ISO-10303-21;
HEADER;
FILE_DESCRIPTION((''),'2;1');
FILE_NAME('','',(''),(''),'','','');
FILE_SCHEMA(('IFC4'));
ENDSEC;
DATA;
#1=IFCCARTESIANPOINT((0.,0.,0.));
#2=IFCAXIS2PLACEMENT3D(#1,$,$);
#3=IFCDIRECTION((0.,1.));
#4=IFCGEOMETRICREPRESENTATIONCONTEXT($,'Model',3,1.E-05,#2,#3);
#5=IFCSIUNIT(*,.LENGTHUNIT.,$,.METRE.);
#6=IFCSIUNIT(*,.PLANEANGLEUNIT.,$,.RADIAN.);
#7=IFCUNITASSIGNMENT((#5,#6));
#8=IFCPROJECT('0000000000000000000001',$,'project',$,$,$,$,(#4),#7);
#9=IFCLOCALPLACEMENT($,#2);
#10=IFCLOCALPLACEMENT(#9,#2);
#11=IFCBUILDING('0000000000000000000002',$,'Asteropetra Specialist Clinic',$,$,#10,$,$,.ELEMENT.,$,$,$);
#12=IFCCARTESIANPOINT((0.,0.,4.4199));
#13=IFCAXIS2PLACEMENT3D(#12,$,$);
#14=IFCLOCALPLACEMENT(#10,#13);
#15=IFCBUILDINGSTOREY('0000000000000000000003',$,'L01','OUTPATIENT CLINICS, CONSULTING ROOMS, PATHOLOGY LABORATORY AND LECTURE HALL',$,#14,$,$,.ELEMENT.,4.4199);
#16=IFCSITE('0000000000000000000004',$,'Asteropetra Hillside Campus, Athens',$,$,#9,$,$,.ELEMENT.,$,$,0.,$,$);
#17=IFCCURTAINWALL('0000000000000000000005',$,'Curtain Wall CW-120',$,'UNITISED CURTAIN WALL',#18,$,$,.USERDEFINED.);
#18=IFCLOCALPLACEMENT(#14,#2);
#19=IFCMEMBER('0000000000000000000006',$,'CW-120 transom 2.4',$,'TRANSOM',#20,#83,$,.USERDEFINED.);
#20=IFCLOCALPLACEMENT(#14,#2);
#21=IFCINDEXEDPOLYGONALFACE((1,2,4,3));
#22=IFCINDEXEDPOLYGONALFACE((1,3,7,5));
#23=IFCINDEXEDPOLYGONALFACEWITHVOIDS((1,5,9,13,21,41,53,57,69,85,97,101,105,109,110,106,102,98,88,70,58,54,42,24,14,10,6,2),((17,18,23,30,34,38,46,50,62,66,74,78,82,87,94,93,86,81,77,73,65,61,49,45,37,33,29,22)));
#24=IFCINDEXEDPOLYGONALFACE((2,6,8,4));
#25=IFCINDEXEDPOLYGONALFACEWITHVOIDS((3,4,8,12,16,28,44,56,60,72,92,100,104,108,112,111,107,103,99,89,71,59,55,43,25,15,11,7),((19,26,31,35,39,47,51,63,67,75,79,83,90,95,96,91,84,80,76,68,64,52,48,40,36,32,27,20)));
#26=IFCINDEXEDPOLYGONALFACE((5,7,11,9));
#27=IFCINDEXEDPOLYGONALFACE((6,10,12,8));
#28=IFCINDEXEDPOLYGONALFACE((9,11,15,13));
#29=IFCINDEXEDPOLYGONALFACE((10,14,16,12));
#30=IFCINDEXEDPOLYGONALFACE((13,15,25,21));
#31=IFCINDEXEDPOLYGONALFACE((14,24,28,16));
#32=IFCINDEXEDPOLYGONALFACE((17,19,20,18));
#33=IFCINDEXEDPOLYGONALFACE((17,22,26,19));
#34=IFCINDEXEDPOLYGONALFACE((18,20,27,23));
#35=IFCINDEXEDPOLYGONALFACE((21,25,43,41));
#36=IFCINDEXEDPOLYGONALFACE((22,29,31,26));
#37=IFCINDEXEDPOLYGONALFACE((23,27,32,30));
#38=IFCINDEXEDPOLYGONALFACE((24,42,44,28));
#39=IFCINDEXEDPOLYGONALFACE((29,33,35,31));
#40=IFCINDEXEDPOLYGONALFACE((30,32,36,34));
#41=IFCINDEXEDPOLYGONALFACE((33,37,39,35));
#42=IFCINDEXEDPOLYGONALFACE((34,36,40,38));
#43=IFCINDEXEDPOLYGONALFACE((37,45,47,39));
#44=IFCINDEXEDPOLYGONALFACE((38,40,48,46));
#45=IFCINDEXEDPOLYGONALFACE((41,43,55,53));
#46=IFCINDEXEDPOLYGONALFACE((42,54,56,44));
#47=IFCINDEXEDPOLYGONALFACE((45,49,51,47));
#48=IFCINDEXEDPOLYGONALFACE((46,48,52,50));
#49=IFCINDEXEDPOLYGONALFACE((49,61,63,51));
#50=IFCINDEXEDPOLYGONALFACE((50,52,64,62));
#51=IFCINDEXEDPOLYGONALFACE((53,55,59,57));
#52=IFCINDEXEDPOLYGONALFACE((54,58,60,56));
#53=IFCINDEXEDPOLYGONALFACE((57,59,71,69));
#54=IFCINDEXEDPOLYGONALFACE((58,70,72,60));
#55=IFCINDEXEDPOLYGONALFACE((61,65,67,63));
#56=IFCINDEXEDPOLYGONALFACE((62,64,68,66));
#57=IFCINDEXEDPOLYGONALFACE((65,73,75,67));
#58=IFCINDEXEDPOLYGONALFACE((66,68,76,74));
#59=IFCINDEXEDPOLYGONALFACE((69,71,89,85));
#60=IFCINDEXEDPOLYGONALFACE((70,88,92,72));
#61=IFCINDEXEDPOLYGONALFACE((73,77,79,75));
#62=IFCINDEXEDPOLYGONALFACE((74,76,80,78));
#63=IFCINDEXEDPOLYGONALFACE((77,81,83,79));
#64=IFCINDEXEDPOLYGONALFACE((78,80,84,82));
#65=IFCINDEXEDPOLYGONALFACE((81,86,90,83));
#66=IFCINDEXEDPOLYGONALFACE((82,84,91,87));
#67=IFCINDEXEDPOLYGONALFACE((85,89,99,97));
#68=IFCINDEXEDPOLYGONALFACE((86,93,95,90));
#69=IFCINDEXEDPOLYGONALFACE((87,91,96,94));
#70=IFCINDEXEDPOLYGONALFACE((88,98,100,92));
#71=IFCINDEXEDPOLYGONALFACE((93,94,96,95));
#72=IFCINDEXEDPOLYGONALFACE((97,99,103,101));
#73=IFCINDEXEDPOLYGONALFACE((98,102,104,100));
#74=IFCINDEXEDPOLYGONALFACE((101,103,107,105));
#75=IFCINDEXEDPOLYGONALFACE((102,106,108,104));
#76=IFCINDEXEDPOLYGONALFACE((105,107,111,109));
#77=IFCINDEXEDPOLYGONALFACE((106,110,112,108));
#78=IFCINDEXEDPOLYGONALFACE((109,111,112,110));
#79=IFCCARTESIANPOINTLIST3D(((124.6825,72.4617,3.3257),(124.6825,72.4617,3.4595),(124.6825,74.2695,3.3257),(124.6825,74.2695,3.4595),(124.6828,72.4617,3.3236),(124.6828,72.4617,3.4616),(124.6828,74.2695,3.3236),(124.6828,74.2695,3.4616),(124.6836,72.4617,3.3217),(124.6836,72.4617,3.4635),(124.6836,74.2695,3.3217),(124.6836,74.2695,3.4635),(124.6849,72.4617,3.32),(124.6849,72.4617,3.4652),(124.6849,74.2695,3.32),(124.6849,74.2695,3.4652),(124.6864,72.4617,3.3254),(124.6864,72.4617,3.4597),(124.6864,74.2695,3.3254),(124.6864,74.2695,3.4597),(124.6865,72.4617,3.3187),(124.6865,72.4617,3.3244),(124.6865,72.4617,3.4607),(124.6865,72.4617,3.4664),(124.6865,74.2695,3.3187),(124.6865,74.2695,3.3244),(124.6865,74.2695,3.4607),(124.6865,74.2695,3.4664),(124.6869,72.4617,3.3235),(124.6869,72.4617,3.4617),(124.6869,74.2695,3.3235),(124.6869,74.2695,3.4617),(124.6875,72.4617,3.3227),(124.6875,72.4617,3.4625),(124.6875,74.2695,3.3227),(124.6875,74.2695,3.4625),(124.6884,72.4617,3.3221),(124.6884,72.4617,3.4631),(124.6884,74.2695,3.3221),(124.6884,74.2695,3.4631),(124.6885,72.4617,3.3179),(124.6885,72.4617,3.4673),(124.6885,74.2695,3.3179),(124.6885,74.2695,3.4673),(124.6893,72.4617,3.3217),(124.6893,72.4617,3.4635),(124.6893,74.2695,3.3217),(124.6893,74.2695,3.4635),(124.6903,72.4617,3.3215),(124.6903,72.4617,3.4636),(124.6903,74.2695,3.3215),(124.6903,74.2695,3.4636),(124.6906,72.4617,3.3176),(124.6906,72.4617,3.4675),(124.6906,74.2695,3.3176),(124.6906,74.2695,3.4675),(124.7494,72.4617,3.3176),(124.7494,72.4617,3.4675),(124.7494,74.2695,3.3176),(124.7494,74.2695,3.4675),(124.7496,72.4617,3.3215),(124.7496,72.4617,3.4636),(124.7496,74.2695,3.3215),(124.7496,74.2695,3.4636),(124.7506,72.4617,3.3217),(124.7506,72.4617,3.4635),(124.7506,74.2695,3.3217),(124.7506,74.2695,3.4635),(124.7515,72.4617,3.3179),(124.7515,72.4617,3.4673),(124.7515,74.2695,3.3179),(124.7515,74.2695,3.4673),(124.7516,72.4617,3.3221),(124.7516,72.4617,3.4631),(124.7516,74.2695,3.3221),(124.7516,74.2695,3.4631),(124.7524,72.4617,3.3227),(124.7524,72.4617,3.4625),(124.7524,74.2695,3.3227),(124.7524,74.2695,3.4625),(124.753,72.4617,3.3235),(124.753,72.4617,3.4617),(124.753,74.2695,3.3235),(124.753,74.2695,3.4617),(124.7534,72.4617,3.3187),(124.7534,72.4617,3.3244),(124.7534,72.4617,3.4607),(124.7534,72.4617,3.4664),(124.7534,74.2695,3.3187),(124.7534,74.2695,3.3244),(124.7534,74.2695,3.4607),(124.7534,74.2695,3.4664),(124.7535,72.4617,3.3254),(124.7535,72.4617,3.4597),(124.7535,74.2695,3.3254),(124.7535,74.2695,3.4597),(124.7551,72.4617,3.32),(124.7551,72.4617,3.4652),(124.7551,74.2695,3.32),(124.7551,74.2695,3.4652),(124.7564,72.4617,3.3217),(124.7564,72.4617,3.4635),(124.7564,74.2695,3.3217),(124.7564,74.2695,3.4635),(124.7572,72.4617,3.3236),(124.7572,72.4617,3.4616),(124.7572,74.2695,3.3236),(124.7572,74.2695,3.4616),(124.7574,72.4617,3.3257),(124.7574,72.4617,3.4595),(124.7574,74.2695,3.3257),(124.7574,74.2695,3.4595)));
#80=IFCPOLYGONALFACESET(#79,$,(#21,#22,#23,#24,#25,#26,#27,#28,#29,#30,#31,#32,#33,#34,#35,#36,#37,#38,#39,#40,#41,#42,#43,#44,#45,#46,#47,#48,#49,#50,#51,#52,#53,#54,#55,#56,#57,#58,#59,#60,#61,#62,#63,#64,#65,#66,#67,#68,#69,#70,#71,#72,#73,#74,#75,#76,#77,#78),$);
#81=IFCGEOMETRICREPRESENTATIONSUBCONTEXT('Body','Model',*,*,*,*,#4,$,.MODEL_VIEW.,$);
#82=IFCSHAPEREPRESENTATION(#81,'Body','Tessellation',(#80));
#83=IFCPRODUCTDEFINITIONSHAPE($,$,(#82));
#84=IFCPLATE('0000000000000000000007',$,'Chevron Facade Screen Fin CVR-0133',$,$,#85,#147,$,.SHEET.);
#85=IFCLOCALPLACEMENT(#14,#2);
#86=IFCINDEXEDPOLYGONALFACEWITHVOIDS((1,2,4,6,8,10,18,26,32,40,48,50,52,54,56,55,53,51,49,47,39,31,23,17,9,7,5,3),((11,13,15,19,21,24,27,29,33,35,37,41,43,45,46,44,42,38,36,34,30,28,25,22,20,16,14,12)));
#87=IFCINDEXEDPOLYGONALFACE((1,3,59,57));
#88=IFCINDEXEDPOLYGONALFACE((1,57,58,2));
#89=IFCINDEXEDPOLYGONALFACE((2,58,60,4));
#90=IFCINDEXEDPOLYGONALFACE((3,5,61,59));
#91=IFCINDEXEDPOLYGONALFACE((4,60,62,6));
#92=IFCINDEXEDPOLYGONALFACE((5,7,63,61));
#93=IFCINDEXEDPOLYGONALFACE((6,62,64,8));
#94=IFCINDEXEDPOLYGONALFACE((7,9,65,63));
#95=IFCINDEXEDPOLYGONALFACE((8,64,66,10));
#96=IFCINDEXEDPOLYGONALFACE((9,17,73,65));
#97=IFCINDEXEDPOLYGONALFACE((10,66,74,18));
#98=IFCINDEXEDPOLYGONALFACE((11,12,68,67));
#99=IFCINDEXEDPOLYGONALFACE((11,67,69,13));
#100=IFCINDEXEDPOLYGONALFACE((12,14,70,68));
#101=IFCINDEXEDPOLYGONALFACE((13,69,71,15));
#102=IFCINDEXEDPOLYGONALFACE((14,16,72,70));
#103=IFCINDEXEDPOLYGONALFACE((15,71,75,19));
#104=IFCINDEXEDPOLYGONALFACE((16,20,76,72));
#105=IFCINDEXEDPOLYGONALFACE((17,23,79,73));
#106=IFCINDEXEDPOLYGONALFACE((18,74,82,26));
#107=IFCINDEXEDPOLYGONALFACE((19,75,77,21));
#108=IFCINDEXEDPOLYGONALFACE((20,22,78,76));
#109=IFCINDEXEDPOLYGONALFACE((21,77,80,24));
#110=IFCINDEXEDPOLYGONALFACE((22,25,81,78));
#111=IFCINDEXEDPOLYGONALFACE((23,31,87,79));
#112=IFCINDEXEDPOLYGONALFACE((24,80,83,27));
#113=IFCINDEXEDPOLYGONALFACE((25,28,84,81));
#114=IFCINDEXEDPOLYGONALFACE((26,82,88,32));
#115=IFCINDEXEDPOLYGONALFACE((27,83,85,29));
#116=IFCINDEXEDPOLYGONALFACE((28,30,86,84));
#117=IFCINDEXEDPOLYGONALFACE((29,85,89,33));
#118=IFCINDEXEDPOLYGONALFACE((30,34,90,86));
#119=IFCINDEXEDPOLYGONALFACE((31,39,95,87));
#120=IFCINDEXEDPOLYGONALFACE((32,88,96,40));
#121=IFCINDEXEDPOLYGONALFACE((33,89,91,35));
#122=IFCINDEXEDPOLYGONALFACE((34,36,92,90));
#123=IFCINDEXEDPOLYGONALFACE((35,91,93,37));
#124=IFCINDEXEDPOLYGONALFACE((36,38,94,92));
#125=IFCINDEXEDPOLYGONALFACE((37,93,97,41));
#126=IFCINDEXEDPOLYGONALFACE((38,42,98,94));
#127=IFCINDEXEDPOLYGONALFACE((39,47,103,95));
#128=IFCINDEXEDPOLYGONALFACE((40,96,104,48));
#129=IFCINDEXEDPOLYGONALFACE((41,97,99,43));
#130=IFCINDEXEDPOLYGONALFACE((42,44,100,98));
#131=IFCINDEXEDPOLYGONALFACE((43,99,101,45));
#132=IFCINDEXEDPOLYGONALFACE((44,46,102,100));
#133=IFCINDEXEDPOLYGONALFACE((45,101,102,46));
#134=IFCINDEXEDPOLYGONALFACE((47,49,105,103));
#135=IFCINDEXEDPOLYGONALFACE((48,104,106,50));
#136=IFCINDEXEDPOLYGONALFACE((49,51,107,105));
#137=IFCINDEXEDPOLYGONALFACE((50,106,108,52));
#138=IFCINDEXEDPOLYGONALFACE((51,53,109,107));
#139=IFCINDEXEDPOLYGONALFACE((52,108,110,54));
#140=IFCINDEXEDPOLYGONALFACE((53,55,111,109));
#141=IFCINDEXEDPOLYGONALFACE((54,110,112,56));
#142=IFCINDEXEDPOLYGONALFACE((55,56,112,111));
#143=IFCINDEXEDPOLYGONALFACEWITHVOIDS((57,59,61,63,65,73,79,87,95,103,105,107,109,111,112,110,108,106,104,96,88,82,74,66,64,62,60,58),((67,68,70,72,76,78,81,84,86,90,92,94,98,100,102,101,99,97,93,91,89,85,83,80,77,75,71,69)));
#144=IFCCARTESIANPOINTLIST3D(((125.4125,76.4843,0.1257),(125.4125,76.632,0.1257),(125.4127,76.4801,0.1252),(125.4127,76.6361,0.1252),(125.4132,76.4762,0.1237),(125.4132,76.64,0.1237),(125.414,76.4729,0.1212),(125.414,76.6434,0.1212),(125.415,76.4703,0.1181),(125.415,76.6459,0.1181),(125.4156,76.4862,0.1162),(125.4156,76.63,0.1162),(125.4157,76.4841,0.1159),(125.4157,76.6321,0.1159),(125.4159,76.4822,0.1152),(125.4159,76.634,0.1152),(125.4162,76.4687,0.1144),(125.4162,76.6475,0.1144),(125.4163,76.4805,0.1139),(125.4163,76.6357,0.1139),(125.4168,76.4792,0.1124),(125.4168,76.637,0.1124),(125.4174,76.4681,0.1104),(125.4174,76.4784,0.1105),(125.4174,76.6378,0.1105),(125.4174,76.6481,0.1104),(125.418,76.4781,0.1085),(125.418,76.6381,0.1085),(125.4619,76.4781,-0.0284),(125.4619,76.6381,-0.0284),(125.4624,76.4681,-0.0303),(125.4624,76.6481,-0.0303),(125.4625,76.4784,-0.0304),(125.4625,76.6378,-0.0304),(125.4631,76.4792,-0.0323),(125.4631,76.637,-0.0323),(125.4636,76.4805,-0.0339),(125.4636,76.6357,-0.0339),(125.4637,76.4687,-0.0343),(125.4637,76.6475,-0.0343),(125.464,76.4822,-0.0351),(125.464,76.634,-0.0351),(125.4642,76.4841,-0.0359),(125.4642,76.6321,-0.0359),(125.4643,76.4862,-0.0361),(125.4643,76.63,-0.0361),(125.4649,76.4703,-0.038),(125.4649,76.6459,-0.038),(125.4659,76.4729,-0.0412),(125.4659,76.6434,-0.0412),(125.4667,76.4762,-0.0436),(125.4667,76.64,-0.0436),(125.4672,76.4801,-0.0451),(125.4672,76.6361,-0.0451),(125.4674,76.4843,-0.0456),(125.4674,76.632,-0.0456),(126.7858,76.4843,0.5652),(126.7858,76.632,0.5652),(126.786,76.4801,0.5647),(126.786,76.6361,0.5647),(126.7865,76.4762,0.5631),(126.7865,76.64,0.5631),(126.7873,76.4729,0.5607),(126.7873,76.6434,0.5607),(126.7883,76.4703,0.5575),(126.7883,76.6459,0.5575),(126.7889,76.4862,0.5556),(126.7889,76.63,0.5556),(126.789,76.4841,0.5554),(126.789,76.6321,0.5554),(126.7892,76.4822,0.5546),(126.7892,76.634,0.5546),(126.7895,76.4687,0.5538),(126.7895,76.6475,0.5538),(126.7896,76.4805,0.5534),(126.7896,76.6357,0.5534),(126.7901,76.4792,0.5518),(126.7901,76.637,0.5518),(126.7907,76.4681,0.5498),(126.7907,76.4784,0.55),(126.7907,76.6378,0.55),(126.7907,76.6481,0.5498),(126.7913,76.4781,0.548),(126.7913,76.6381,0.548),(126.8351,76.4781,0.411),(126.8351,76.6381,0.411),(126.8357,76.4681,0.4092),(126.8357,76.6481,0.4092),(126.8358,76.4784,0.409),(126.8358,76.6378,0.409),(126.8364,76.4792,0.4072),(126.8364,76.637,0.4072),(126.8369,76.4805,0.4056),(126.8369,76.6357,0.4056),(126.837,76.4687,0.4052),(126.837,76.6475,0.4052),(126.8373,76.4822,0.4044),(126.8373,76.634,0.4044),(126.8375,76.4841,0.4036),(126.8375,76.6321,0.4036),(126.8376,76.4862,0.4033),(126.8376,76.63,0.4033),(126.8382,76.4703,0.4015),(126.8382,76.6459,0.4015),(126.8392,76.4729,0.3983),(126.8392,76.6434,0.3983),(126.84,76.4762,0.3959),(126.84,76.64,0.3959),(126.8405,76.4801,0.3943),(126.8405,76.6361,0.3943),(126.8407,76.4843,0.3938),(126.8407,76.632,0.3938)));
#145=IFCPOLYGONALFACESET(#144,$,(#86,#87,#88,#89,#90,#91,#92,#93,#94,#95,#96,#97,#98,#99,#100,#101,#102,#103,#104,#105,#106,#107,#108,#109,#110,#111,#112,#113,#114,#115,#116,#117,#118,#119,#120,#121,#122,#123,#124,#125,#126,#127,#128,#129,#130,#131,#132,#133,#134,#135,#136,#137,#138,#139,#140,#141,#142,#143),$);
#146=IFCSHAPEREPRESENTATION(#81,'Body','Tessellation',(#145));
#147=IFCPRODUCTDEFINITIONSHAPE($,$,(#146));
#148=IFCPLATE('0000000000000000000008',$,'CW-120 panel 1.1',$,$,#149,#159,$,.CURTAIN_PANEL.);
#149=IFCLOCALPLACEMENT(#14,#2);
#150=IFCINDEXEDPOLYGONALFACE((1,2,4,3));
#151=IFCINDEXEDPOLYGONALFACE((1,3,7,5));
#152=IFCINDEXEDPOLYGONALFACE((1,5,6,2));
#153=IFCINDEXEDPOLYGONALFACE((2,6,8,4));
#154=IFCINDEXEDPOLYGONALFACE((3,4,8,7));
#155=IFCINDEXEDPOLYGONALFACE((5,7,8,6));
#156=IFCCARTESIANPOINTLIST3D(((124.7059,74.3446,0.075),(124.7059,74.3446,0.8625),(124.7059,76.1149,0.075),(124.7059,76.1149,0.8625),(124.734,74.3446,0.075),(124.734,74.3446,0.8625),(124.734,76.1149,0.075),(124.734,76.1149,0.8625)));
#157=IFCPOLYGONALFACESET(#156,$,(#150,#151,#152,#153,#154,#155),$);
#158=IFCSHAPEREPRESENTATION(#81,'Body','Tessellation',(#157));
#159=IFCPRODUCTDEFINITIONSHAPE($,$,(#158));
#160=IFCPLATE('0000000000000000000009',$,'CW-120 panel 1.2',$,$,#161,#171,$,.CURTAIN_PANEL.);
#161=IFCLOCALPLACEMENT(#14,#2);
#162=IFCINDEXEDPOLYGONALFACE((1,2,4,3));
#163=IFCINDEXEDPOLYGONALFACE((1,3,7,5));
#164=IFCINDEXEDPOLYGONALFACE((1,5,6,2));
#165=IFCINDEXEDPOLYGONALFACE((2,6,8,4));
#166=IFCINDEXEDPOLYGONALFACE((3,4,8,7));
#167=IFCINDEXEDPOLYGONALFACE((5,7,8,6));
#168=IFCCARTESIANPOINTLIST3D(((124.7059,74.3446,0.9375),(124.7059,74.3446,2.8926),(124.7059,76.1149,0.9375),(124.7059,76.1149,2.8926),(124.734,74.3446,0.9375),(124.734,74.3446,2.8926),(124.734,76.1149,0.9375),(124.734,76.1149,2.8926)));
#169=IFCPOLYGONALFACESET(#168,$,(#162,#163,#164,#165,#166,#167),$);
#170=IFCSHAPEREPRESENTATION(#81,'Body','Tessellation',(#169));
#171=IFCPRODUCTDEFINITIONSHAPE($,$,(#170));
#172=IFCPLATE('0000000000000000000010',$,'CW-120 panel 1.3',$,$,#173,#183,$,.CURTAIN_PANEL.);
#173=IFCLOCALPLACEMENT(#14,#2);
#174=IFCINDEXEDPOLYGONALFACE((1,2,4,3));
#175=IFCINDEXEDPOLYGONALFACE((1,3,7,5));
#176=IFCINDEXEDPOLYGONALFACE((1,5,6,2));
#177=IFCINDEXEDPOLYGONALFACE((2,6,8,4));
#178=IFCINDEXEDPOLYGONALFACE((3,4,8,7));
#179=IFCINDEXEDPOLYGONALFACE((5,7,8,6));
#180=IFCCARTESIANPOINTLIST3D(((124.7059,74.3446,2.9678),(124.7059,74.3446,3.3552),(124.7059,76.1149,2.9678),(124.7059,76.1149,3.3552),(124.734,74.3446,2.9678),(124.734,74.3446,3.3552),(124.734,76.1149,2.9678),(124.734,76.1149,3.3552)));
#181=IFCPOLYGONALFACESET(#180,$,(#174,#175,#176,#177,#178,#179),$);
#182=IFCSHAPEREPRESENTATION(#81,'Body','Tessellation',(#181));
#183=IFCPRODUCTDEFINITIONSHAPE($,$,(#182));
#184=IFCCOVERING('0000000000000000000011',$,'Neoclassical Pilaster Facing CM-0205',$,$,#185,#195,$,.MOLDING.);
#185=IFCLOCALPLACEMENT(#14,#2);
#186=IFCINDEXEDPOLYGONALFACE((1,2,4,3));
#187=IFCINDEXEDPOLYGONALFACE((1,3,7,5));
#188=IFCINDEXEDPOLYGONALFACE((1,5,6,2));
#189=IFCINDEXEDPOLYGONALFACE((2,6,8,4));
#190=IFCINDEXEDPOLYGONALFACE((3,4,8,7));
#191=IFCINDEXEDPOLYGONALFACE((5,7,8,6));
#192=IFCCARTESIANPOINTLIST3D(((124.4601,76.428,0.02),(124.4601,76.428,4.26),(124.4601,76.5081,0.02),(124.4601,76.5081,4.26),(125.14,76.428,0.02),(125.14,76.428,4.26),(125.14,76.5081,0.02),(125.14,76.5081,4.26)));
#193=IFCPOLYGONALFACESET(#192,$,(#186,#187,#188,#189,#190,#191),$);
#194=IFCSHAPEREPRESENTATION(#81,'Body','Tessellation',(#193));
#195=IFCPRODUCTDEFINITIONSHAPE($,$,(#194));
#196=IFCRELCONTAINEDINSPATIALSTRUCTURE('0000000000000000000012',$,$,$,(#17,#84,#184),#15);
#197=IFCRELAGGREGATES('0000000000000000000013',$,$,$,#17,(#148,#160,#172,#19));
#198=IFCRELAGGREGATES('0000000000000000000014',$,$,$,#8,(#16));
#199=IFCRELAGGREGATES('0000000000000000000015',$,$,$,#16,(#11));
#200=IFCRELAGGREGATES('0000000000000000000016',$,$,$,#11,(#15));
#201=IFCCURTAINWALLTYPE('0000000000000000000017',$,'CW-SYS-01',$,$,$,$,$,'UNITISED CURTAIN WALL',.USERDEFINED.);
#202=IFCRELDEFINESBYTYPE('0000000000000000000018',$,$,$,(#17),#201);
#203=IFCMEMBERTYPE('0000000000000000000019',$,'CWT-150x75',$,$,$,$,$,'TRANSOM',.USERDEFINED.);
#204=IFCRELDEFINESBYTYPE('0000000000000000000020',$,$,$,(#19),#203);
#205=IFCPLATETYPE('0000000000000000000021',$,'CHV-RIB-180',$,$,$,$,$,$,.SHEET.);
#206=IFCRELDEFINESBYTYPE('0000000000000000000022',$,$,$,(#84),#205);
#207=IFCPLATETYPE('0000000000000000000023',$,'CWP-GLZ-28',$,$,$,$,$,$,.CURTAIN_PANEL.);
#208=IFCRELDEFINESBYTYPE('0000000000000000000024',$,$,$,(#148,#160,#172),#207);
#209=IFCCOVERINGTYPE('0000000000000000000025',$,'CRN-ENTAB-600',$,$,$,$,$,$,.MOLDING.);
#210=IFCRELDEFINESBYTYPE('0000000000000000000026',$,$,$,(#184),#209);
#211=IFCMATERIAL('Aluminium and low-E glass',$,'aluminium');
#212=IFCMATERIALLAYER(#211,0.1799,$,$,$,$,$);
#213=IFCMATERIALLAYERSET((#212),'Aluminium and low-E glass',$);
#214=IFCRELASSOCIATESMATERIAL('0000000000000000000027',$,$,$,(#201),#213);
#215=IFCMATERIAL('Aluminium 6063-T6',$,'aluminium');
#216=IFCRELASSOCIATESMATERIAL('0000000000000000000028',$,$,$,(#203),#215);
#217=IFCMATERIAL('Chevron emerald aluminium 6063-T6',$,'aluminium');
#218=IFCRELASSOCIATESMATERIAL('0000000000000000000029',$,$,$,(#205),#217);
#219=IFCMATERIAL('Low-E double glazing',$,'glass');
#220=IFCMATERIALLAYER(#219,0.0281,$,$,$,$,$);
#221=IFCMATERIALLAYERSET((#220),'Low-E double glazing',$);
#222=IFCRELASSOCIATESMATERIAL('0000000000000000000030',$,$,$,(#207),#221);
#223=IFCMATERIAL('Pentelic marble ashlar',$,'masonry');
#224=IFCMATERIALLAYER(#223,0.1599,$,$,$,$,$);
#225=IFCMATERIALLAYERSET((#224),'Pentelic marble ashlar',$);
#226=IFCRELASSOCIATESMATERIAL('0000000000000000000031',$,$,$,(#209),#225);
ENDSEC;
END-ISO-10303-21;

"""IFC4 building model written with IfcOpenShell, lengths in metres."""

from ifc_helpers import new_model, si_unit, direction, frame, origin, origin_2d, place, context, subcontext, project, spatial, rectangle, hollow_rectangle, extrude, material, layer, layer_set, material_profile, profile_set, type_object, element, aggregate, save


model = new_model("IFC4")

# Units and contexts
model_context = context("Model", 3, precision=1e-05, world=origin(), true_north=direction((0.0, 1.0)))
body_context = subcontext(model_context, "Body", "Model", "MODEL_VIEW")
ifc_project = project(units=[si_unit("LENGTHUNIT", "METRE"), si_unit("PLANEANGLEUNIT", "RADIAN")], contexts=[model_context])

# Site, building, storey
site_placement = place(None, origin())
site = spatial("IfcSite", under=ifc_project, at=site_placement, Name="Asteropetra Hillside Campus, Athens", CompositionType="ELEMENT", RefElevation=0.0)
building_placement = place(site_placement, origin())
building = spatial("IfcBuilding", under=site, at=building_placement, Name="Asteropetra Specialist Clinic", CompositionType="ELEMENT")
storey_placement = place(building_placement, frame((0.0, 0.0, 4.4199)))
storey = spatial("IfcBuildingStorey", under=building, at=storey_placement, Name="L01", Description="OUTPATIENT CLINICS, CONSULTING ROOMS, PATHOLOGY LABORATORY AND LECTURE HALL", CompositionType="ELEMENT", Elevation=4.4199)

# Curtain wall, member
ifc_material_1 = material(Name="Aluminium and low-E glass", Category="aluminium")
ifc_layer_1 = layer(ifc_material_1, 0.1799)
ifc_layer_set_1 = layer_set([ifc_layer_1], Name="Aluminium and low-E glass")
curtain_wall_type = type_object("IfcCurtainWallType", Name="CW-SYS-01", ElementType="UNITISED CURTAIN WALL", PredefinedType="USERDEFINED", material=ifc_layer_set_1)
curtain_wall_placement = place(storey_placement, origin())
curtain_wall = element("IfcCurtainWall", 1, at=curtain_wall_placement, inside=storey, type_object=curtain_wall_type, Name="Curtain Wall CW-120", ObjectType="UNITISED CURTAIN WALL", PredefinedType="USERDEFINED")
ifc_material_2 = material(Name="Aluminium 6063-T6", Category="aluminium")
ifc_material_profile_1 = material_profile(ifc_material_2, hollow_rectangle(XDim=0.075, YDim=0.1499, WallThickness=0.0039, InnerFilletRadius=0.0039, OuterFilletRadius=0.0081, at=origin_2d()), Name="TRN 150x75x4.0")
ifc_profile_set_1 = profile_set([ifc_material_profile_1], Name="Aluminium 6063-T6")
member_type_1 = type_object("IfcMemberType", Name="CWT-150x75", ElementType="TRANSOM", PredefinedType="USERDEFINED", material=ifc_profile_set_1)
member_1_placement = place(storey_placement, frame((124.72, 74.2695, 3.3926), z_axis=(0.0, -1.0, 0.0), x_axis=(1.0, 0.0, 0.0)))
member_1 = element("IfcMember", 2, at=member_1_placement, type_object=member_type_1, Name="CW-120 transom 2.4", ObjectType="TRANSOM", PredefinedType="USERDEFINED", context=body_context, shape_type="SweptSolid", body=[
    extrude(hollow_rectangle(XDim=0.075, YDim=0.1499, WallThickness=0.0039, InnerFilletRadius=0.0039, OuterFilletRadius=0.0081, at=origin_2d()), origin(), (0.0, 0.0, 1.0), 1.8079),
])

# Plates
ifc_material_3 = material(Name="Chevron emerald aluminium 6063-T6", Category="aluminium")
ifc_material_profile_2 = material_profile(ifc_material_3, hollow_rectangle(XDim=0.1799, YDim=0.1799, WallThickness=0.01, InnerFilletRadius=0.0081, OuterFilletRadius=0.0161, at=origin_2d()), Name="SHS 180x180x10.0")
ifc_profile_set_2 = profile_set([ifc_material_profile_2], Name="Chevron emerald aluminium 6063-T6")
plate_type_1 = type_object("IfcPlateType", Name="CHV-RIB-180", PredefinedType="SHEET", material=ifc_profile_set_2)
plate_1_placement = place(storey_placement, frame((125.4399, 76.5581, 0.04), z_axis=(0.952424, 0.0, 0.304776), x_axis=(0.0, 1.0, 0.0)))
element("IfcPlate", 3, at=plate_1_placement, inside=storey, type_object=plate_type_1, Name="Chevron Facade Screen Fin CVR-0133", PredefinedType="SHEET", context=body_context, shape_type="SweptSolid", body=[
    extrude(hollow_rectangle(XDim=0.1799, YDim=0.1799, WallThickness=0.01, InnerFilletRadius=0.0081, OuterFilletRadius=0.0161, at=origin_2d()), origin(), (0.0, 0.0, 1.0), 1.4419),
])
ifc_material_4 = material(Name="Low-E double glazing", Category="glass")
ifc_layer_2 = layer(ifc_material_4, 0.0281)
ifc_layer_set_2 = layer_set([ifc_layer_2], Name="Low-E double glazing")
plate_type_2 = type_object("IfcPlateType", Name="CWP-GLZ-28", PredefinedType="CURTAIN_PANEL", material=ifc_layer_set_2)
plate_2_placement = place(storey_placement, frame((124.72, 75.2297, 0.075), z_axis=(0.0, 0.0, 1.0), x_axis=(0.0, -1.0, 0.0)))
plate_2 = element("IfcPlate", 4, at=plate_2_placement, type_object=plate_type_2, Name="CW-120 panel 1.1", PredefinedType="CURTAIN_PANEL", context=body_context, shape_type="SweptSolid", body=[
    extrude(rectangle(XDim=1.7703, YDim=0.0281, at=origin_2d()), origin(), (0.0, 0.0, 1.0), 0.7876),
])
plate_3_placement = place(storey_placement, frame((124.72, 75.2297, 0.9375), z_axis=(0.0, 0.0, 1.0), x_axis=(0.0, -1.0, 0.0)))
plate_3 = element("IfcPlate", 5, at=plate_3_placement, type_object=plate_type_2, Name="CW-120 panel 1.2", PredefinedType="CURTAIN_PANEL", context=body_context, shape_type="SweptSolid", body=[
    extrude(rectangle(XDim=1.7703, YDim=0.0281, at=origin_2d()), origin(), (0.0, 0.0, 1.0), 1.9551),
])
plate_4_placement = place(storey_placement, frame((124.72, 75.2297, 2.9678), z_axis=(0.0, 0.0, 1.0), x_axis=(0.0, -1.0, 0.0)))
plate_4 = element("IfcPlate", 6, at=plate_4_placement, type_object=plate_type_2, Name="CW-120 panel 1.3", PredefinedType="CURTAIN_PANEL", context=body_context, shape_type="SweptSolid", body=[
    extrude(rectangle(XDim=1.7703, YDim=0.0281, at=origin_2d()), origin(), (0.0, 0.0, 1.0), 0.3875),
])
aggregate(curtain_wall, [plate_2, plate_3, plate_4, member_1])

# Covering
ifc_material_5 = material(Name="Pentelic marble ashlar", Category="masonry")
ifc_layer_3 = layer(ifc_material_5, 0.1599)
ifc_layer_set_3 = layer_set([ifc_layer_3], Name="Pentelic marble ashlar")
covering_type = type_object("IfcCoveringType", Name="CRN-ENTAB-600", PredefinedType="MOLDING", material=ifc_layer_set_3)
covering_placement = place(storey_placement, frame((124.8, 76.468, 0.02), z_axis=(0.0, 0.0, 1.0), x_axis=(1.0, 0.0, 0.0)))
element("IfcCovering", 7, at=covering_placement, inside=storey, type_object=covering_type, Name="Neoclassical Pilaster Facing CM-0205", PredefinedType="MOLDING", context=body_context, shape_type="SweptSolid", body=[
    extrude(rectangle(XDim=0.6799, YDim=0.0801, at=origin_2d()), origin(), (0.0, 0.0, 1.0), 4.24),
])

save(model, "model.ifc")
